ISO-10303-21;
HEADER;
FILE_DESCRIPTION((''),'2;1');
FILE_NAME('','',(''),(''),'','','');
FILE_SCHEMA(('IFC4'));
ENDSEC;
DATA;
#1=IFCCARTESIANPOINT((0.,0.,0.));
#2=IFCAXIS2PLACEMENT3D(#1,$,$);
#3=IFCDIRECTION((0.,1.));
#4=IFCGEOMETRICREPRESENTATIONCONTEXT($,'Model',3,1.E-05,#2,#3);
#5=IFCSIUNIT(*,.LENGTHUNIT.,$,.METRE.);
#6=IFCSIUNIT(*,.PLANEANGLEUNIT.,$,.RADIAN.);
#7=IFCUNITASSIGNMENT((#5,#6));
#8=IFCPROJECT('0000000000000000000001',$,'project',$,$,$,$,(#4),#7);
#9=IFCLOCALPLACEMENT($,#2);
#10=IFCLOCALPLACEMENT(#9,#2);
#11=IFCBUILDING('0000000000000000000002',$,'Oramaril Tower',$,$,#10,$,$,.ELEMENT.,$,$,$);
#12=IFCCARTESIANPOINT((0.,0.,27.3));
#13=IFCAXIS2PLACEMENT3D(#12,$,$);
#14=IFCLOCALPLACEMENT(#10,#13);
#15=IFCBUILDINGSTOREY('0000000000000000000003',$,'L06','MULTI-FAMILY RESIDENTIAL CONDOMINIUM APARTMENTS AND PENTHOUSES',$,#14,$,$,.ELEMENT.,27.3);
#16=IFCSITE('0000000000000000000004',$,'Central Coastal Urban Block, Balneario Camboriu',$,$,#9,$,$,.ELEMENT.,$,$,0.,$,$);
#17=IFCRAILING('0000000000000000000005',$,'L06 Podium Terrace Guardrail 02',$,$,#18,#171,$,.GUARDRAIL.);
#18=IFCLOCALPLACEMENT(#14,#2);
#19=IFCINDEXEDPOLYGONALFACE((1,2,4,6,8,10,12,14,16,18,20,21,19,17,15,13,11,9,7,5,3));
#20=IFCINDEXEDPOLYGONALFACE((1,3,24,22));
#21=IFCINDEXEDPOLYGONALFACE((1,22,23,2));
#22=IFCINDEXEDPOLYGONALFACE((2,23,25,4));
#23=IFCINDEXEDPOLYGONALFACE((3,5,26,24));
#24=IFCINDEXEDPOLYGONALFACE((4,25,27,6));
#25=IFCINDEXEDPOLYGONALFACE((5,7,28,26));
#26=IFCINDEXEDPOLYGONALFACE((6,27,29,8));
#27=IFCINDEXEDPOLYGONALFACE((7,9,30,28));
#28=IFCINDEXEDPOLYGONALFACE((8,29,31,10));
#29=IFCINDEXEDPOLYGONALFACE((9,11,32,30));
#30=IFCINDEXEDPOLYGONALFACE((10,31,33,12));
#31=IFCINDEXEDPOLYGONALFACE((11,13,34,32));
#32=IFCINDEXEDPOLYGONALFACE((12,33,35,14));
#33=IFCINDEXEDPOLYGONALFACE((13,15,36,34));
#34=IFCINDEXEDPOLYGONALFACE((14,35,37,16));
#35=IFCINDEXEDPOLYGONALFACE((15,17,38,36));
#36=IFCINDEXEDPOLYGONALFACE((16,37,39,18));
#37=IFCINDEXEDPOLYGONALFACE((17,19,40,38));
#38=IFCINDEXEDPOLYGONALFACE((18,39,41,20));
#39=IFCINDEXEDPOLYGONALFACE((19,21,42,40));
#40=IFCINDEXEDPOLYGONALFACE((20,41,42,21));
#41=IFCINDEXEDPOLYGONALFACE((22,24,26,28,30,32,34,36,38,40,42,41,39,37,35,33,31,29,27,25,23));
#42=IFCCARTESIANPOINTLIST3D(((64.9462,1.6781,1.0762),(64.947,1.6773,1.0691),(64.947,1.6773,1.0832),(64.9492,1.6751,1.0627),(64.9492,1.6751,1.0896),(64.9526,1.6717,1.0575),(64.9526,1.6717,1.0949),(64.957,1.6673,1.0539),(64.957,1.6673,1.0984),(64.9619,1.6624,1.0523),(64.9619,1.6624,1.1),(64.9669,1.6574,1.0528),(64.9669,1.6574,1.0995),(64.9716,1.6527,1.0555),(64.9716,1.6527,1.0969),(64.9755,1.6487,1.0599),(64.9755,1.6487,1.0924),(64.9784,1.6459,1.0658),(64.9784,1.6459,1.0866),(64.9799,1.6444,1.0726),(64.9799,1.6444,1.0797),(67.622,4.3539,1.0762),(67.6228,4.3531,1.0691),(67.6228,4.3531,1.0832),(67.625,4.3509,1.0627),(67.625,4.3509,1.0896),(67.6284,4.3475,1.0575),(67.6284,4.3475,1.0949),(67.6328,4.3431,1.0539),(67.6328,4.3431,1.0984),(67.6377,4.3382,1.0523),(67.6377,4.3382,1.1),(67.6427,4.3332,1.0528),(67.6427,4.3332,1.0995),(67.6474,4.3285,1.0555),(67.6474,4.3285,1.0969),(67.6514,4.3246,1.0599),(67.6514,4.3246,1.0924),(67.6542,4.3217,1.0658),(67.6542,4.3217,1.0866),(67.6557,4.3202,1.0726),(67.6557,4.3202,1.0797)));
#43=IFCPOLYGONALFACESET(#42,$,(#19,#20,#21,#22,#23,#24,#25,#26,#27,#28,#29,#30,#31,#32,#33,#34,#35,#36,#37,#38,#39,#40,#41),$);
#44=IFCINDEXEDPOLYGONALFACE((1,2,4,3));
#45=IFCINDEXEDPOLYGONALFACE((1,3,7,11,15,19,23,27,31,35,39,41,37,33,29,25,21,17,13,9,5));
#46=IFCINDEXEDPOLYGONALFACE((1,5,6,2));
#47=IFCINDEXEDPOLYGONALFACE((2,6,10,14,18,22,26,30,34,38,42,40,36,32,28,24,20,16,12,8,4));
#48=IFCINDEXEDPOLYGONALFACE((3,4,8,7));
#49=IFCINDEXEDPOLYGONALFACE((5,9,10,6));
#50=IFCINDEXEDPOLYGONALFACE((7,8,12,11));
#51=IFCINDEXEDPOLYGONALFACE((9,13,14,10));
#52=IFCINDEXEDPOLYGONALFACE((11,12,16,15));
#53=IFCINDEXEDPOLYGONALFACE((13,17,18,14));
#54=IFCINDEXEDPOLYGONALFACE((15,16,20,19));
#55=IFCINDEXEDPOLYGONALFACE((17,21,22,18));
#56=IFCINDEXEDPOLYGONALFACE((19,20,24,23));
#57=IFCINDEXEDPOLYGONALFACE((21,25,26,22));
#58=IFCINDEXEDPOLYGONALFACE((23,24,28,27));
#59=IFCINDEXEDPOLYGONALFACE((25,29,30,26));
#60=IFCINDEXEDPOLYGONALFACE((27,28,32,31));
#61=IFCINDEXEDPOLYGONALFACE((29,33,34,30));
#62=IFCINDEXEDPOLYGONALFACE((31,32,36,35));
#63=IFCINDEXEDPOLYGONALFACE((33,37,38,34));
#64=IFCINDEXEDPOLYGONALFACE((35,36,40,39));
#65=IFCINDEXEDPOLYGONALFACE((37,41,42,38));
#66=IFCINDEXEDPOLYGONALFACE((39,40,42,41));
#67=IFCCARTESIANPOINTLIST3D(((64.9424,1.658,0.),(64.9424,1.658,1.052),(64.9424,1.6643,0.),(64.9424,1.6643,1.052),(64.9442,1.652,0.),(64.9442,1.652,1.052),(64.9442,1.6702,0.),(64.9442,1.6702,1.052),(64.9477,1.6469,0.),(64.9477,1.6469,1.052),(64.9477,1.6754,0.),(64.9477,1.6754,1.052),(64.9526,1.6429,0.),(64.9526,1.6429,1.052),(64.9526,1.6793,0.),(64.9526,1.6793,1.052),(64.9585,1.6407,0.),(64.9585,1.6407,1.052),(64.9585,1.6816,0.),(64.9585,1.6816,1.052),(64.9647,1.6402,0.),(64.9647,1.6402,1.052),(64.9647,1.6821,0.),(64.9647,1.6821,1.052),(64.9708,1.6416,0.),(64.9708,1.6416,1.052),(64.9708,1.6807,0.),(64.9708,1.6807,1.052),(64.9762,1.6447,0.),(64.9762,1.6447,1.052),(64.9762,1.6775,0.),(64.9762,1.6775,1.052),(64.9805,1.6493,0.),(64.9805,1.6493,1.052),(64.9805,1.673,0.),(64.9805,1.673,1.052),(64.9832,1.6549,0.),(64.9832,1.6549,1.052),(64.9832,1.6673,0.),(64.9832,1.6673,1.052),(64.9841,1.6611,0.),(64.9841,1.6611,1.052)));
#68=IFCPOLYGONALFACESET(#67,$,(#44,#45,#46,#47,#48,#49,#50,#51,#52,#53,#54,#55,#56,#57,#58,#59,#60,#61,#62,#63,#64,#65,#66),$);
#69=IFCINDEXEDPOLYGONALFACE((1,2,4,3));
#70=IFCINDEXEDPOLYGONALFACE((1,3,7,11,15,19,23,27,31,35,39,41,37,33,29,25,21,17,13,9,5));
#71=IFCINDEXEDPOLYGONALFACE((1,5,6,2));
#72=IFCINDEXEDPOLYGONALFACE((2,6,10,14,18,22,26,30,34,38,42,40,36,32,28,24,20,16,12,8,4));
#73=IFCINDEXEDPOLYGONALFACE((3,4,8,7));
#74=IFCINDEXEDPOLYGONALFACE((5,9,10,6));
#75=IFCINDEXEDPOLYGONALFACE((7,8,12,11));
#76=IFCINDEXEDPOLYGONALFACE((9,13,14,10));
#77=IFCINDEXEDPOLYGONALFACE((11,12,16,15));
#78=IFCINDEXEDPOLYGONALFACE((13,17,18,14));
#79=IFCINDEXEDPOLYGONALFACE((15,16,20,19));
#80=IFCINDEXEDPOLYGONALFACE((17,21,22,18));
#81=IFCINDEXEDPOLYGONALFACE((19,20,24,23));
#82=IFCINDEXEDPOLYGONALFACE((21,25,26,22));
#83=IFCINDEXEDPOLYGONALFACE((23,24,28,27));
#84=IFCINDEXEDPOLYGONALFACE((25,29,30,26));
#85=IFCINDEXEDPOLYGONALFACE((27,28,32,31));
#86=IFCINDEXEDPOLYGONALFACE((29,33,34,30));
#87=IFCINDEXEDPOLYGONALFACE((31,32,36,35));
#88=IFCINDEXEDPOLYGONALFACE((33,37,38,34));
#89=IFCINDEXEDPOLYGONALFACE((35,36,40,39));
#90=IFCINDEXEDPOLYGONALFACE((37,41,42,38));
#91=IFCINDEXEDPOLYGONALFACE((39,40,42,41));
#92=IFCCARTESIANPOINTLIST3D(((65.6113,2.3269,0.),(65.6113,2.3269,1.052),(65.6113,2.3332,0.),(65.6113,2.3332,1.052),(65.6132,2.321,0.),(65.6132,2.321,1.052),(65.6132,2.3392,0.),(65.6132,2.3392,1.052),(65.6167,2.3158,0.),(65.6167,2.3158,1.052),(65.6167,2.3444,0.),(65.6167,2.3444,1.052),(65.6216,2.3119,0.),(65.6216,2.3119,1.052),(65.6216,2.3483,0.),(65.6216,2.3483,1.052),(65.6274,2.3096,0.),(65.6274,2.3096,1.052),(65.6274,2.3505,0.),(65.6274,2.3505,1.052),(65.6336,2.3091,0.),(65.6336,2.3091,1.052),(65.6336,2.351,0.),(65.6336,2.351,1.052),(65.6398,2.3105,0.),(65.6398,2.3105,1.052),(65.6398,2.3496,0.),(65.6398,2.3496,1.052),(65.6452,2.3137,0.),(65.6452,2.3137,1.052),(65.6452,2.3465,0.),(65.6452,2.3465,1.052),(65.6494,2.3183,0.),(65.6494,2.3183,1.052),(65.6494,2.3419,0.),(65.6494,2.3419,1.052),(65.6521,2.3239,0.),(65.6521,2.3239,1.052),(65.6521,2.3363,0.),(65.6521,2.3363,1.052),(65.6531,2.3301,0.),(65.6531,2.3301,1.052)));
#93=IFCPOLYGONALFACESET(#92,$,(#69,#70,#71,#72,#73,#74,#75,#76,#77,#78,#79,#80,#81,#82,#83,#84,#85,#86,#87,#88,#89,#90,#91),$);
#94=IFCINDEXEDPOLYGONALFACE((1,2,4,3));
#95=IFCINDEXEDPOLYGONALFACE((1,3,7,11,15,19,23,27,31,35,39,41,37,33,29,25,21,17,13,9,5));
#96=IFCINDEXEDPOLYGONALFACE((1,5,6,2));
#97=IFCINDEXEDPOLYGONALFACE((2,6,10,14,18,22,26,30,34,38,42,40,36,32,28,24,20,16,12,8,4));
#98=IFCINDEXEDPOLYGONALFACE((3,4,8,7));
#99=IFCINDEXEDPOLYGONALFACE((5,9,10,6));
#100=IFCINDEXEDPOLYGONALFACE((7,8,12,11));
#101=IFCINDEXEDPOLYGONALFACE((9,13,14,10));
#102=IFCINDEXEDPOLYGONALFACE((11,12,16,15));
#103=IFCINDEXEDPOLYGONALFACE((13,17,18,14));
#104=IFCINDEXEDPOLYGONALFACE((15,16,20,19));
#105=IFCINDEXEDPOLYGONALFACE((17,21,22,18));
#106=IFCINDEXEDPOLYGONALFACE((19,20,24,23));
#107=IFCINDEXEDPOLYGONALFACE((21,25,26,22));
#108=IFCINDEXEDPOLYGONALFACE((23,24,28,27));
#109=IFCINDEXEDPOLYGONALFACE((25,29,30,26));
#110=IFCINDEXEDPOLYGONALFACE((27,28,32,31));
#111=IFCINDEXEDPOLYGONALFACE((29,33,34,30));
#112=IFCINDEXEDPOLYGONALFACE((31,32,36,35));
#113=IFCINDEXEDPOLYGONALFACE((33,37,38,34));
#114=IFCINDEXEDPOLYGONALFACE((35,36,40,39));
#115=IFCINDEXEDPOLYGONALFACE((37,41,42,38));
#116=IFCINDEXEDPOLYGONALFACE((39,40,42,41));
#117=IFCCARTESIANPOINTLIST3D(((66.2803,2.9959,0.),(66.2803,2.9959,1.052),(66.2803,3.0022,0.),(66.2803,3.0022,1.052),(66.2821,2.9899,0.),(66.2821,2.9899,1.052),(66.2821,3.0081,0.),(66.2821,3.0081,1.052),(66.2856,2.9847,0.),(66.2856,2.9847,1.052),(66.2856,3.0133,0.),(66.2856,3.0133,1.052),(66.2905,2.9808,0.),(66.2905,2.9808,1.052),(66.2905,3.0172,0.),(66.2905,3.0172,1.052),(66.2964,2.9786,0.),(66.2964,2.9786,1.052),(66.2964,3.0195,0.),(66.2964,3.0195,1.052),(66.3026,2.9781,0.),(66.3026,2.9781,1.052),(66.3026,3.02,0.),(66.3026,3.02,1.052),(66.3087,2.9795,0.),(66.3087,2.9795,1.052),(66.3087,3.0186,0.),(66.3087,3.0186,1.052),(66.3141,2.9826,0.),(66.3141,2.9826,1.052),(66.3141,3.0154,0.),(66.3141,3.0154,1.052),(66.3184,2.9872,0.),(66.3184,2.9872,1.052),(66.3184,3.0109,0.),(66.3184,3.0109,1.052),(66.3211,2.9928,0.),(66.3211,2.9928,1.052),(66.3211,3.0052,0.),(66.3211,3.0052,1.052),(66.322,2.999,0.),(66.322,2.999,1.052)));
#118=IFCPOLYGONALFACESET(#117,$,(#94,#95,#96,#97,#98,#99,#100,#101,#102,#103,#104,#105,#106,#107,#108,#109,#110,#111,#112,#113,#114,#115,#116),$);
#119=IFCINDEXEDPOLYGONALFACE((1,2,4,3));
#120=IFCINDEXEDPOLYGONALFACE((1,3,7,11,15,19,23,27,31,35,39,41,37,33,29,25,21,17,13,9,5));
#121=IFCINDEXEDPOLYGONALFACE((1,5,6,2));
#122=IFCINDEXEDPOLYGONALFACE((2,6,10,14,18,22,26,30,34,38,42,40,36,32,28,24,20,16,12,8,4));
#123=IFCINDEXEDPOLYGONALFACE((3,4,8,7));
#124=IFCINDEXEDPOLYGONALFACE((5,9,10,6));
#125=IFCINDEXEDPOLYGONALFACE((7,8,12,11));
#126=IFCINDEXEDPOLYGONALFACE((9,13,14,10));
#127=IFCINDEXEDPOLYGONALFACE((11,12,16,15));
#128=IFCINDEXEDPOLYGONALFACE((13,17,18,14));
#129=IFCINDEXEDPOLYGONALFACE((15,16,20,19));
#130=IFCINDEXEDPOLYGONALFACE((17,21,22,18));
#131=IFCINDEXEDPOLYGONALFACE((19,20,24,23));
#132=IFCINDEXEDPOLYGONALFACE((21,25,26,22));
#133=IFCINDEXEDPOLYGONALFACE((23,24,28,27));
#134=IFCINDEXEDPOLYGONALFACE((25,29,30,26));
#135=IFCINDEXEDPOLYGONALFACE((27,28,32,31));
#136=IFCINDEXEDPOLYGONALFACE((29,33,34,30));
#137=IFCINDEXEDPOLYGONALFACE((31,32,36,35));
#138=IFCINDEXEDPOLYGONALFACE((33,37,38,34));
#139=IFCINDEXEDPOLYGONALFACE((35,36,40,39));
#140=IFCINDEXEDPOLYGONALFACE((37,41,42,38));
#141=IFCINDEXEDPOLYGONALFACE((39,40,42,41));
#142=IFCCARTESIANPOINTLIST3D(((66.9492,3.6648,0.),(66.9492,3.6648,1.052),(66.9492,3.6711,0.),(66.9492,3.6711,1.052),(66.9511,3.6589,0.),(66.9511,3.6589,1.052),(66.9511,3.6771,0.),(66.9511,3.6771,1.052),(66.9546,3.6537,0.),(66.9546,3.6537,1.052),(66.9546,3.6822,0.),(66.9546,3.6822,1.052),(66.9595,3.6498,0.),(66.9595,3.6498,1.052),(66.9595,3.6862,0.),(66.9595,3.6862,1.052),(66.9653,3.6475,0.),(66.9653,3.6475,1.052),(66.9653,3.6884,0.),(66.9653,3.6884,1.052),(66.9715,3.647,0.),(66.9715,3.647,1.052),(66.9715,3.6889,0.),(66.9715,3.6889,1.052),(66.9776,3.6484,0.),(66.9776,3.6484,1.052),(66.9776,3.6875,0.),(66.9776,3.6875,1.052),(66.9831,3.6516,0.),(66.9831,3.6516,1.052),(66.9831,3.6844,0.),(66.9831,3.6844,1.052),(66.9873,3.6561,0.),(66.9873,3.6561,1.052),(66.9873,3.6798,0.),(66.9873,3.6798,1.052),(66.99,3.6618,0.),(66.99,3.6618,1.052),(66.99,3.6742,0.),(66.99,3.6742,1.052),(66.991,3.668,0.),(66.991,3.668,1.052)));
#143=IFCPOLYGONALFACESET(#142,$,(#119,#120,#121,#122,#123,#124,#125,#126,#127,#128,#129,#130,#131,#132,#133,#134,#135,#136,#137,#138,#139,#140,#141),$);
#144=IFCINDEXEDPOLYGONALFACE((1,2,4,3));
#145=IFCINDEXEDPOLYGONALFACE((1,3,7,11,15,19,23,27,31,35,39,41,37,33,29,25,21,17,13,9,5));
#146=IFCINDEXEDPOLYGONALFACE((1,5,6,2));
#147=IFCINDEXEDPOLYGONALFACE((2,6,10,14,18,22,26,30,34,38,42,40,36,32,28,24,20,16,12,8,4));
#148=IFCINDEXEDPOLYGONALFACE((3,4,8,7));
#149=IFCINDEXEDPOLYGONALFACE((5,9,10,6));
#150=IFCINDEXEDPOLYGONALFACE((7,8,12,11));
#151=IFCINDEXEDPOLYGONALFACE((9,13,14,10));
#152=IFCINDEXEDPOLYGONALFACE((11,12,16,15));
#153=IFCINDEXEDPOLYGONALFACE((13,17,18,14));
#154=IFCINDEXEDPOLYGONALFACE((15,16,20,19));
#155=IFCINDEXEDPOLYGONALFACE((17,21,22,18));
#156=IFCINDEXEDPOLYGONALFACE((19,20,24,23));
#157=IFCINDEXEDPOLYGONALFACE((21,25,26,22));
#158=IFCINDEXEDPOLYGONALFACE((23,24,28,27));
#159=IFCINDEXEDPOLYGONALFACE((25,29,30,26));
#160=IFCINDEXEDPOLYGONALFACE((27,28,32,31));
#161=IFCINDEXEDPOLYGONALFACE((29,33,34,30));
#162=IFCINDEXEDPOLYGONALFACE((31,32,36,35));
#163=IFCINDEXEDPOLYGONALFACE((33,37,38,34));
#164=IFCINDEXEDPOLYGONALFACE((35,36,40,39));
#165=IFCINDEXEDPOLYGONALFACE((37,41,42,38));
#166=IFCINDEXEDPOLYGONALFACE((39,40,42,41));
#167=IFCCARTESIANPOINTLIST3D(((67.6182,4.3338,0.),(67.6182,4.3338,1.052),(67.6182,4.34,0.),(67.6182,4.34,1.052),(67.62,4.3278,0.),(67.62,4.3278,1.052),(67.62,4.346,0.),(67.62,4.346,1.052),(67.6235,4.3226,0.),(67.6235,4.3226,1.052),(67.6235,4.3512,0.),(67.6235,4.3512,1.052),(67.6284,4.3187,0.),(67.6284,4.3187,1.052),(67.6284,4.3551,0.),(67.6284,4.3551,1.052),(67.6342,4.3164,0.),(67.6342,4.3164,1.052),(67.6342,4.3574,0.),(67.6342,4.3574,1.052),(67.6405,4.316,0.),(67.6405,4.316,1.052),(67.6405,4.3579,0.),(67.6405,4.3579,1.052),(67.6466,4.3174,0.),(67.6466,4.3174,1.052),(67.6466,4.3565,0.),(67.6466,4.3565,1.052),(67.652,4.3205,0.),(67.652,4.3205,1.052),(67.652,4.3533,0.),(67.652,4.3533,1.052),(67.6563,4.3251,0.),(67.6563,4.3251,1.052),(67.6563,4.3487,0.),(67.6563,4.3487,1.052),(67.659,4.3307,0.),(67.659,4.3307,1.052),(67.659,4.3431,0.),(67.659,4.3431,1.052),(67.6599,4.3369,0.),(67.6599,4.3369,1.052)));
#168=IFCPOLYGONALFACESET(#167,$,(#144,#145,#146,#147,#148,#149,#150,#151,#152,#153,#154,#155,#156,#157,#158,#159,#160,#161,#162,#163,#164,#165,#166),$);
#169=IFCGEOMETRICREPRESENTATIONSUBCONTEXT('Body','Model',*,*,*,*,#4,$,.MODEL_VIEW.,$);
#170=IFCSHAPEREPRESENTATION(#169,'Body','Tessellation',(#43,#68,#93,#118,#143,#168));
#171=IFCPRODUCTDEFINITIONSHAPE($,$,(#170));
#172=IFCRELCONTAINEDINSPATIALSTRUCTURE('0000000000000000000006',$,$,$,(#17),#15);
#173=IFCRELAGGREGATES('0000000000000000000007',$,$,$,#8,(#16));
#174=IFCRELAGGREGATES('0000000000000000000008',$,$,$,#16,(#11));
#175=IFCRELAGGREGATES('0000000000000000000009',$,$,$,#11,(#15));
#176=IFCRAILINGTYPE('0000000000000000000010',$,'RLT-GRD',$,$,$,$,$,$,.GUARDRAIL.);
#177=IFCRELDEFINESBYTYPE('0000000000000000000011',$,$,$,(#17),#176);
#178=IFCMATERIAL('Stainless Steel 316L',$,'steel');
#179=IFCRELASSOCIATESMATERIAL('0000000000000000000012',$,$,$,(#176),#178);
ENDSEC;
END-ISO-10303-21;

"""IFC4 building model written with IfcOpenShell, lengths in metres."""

from ifc_helpers import new_model, si_unit, direction, frame, origin, origin_2d, place, context, subcontext, project, spatial, circle, extrude, material, type_object, element, save


model = new_model("IFC4")

# Units and contexts
model_context = context("Model", 3, precision=1e-05, world=origin(), true_north=direction((0.0, 1.0)))
body_context = subcontext(model_context, "Body", "Model", "MODEL_VIEW")
ifc_project = project(units=[si_unit("LENGTHUNIT", "METRE"), si_unit("PLANEANGLEUNIT", "RADIAN")], contexts=[model_context])

# Site, building, storey
site_placement = place(None, origin())
site = spatial("IfcSite", under=ifc_project, at=site_placement, Name="Central Coastal Urban Block, Balneario Camboriu", CompositionType="ELEMENT", RefElevation=0.0)
building_placement = place(site_placement, origin())
building = spatial("IfcBuilding", under=site, at=building_placement, Name="Oramaril Tower", CompositionType="ELEMENT")
storey_placement = place(building_placement, frame((0.0, 0.0, 27.3)))
storey = spatial("IfcBuildingStorey", under=building, at=storey_placement, Name="L06", Description="MULTI-FAMILY RESIDENTIAL CONDOMINIUM APARTMENTS AND PENTHOUSES", CompositionType="ELEMENT", Elevation=27.3)

# Railing
ifc_material_1 = material(Name="Stainless Steel 316L", Category="steel")
railing_type = type_object("IfcRailingType", Name="RLT-GRD", PredefinedType="GUARDRAIL", material=ifc_material_1)
railing_1_placement = place(storey_placement, frame((64.9631, 1.6611, 0.0)))
element("IfcRailing", 1, at=railing_1_placement, inside=storey, type_object=railing_type, Name="L06 Podium Terrace Guardrail 02", PredefinedType="GUARDRAIL", context=body_context, shape_type="SweptSolid", body=[
    extrude(circle(Radius=0.0239, at=origin_2d()), frame((0.0, 0.0, 1.0762), z_axis=(0.707107, 0.707107, 0.0), x_axis=(-0.707107, 0.707107, 0.0)), (0.0, 0.0, 1.0), 3.7842),
    extrude(circle(Radius=0.021, at=origin_2d()), origin(), (0.0, 0.0, 1.0), 1.052),
    extrude(circle(Radius=0.021, at=origin_2d()), frame((0.6689, 0.6689, 0.0)), (0.0, 0.0, 1.0), 1.052),
    extrude(circle(Radius=0.021, at=origin_2d()), frame((1.3379, 1.3379, 0.0)), (0.0, 0.0, 1.0), 1.052),
    extrude(circle(Radius=0.021, at=origin_2d()), frame((2.0068, 2.0068, 0.0)), (0.0, 0.0, 1.0), 1.052),
    extrude(circle(Radius=0.021, at=origin_2d()), frame((2.6758, 2.6758, 0.0)), (0.0, 0.0, 1.0), 1.052),
])

save(model, "model.ifc")
